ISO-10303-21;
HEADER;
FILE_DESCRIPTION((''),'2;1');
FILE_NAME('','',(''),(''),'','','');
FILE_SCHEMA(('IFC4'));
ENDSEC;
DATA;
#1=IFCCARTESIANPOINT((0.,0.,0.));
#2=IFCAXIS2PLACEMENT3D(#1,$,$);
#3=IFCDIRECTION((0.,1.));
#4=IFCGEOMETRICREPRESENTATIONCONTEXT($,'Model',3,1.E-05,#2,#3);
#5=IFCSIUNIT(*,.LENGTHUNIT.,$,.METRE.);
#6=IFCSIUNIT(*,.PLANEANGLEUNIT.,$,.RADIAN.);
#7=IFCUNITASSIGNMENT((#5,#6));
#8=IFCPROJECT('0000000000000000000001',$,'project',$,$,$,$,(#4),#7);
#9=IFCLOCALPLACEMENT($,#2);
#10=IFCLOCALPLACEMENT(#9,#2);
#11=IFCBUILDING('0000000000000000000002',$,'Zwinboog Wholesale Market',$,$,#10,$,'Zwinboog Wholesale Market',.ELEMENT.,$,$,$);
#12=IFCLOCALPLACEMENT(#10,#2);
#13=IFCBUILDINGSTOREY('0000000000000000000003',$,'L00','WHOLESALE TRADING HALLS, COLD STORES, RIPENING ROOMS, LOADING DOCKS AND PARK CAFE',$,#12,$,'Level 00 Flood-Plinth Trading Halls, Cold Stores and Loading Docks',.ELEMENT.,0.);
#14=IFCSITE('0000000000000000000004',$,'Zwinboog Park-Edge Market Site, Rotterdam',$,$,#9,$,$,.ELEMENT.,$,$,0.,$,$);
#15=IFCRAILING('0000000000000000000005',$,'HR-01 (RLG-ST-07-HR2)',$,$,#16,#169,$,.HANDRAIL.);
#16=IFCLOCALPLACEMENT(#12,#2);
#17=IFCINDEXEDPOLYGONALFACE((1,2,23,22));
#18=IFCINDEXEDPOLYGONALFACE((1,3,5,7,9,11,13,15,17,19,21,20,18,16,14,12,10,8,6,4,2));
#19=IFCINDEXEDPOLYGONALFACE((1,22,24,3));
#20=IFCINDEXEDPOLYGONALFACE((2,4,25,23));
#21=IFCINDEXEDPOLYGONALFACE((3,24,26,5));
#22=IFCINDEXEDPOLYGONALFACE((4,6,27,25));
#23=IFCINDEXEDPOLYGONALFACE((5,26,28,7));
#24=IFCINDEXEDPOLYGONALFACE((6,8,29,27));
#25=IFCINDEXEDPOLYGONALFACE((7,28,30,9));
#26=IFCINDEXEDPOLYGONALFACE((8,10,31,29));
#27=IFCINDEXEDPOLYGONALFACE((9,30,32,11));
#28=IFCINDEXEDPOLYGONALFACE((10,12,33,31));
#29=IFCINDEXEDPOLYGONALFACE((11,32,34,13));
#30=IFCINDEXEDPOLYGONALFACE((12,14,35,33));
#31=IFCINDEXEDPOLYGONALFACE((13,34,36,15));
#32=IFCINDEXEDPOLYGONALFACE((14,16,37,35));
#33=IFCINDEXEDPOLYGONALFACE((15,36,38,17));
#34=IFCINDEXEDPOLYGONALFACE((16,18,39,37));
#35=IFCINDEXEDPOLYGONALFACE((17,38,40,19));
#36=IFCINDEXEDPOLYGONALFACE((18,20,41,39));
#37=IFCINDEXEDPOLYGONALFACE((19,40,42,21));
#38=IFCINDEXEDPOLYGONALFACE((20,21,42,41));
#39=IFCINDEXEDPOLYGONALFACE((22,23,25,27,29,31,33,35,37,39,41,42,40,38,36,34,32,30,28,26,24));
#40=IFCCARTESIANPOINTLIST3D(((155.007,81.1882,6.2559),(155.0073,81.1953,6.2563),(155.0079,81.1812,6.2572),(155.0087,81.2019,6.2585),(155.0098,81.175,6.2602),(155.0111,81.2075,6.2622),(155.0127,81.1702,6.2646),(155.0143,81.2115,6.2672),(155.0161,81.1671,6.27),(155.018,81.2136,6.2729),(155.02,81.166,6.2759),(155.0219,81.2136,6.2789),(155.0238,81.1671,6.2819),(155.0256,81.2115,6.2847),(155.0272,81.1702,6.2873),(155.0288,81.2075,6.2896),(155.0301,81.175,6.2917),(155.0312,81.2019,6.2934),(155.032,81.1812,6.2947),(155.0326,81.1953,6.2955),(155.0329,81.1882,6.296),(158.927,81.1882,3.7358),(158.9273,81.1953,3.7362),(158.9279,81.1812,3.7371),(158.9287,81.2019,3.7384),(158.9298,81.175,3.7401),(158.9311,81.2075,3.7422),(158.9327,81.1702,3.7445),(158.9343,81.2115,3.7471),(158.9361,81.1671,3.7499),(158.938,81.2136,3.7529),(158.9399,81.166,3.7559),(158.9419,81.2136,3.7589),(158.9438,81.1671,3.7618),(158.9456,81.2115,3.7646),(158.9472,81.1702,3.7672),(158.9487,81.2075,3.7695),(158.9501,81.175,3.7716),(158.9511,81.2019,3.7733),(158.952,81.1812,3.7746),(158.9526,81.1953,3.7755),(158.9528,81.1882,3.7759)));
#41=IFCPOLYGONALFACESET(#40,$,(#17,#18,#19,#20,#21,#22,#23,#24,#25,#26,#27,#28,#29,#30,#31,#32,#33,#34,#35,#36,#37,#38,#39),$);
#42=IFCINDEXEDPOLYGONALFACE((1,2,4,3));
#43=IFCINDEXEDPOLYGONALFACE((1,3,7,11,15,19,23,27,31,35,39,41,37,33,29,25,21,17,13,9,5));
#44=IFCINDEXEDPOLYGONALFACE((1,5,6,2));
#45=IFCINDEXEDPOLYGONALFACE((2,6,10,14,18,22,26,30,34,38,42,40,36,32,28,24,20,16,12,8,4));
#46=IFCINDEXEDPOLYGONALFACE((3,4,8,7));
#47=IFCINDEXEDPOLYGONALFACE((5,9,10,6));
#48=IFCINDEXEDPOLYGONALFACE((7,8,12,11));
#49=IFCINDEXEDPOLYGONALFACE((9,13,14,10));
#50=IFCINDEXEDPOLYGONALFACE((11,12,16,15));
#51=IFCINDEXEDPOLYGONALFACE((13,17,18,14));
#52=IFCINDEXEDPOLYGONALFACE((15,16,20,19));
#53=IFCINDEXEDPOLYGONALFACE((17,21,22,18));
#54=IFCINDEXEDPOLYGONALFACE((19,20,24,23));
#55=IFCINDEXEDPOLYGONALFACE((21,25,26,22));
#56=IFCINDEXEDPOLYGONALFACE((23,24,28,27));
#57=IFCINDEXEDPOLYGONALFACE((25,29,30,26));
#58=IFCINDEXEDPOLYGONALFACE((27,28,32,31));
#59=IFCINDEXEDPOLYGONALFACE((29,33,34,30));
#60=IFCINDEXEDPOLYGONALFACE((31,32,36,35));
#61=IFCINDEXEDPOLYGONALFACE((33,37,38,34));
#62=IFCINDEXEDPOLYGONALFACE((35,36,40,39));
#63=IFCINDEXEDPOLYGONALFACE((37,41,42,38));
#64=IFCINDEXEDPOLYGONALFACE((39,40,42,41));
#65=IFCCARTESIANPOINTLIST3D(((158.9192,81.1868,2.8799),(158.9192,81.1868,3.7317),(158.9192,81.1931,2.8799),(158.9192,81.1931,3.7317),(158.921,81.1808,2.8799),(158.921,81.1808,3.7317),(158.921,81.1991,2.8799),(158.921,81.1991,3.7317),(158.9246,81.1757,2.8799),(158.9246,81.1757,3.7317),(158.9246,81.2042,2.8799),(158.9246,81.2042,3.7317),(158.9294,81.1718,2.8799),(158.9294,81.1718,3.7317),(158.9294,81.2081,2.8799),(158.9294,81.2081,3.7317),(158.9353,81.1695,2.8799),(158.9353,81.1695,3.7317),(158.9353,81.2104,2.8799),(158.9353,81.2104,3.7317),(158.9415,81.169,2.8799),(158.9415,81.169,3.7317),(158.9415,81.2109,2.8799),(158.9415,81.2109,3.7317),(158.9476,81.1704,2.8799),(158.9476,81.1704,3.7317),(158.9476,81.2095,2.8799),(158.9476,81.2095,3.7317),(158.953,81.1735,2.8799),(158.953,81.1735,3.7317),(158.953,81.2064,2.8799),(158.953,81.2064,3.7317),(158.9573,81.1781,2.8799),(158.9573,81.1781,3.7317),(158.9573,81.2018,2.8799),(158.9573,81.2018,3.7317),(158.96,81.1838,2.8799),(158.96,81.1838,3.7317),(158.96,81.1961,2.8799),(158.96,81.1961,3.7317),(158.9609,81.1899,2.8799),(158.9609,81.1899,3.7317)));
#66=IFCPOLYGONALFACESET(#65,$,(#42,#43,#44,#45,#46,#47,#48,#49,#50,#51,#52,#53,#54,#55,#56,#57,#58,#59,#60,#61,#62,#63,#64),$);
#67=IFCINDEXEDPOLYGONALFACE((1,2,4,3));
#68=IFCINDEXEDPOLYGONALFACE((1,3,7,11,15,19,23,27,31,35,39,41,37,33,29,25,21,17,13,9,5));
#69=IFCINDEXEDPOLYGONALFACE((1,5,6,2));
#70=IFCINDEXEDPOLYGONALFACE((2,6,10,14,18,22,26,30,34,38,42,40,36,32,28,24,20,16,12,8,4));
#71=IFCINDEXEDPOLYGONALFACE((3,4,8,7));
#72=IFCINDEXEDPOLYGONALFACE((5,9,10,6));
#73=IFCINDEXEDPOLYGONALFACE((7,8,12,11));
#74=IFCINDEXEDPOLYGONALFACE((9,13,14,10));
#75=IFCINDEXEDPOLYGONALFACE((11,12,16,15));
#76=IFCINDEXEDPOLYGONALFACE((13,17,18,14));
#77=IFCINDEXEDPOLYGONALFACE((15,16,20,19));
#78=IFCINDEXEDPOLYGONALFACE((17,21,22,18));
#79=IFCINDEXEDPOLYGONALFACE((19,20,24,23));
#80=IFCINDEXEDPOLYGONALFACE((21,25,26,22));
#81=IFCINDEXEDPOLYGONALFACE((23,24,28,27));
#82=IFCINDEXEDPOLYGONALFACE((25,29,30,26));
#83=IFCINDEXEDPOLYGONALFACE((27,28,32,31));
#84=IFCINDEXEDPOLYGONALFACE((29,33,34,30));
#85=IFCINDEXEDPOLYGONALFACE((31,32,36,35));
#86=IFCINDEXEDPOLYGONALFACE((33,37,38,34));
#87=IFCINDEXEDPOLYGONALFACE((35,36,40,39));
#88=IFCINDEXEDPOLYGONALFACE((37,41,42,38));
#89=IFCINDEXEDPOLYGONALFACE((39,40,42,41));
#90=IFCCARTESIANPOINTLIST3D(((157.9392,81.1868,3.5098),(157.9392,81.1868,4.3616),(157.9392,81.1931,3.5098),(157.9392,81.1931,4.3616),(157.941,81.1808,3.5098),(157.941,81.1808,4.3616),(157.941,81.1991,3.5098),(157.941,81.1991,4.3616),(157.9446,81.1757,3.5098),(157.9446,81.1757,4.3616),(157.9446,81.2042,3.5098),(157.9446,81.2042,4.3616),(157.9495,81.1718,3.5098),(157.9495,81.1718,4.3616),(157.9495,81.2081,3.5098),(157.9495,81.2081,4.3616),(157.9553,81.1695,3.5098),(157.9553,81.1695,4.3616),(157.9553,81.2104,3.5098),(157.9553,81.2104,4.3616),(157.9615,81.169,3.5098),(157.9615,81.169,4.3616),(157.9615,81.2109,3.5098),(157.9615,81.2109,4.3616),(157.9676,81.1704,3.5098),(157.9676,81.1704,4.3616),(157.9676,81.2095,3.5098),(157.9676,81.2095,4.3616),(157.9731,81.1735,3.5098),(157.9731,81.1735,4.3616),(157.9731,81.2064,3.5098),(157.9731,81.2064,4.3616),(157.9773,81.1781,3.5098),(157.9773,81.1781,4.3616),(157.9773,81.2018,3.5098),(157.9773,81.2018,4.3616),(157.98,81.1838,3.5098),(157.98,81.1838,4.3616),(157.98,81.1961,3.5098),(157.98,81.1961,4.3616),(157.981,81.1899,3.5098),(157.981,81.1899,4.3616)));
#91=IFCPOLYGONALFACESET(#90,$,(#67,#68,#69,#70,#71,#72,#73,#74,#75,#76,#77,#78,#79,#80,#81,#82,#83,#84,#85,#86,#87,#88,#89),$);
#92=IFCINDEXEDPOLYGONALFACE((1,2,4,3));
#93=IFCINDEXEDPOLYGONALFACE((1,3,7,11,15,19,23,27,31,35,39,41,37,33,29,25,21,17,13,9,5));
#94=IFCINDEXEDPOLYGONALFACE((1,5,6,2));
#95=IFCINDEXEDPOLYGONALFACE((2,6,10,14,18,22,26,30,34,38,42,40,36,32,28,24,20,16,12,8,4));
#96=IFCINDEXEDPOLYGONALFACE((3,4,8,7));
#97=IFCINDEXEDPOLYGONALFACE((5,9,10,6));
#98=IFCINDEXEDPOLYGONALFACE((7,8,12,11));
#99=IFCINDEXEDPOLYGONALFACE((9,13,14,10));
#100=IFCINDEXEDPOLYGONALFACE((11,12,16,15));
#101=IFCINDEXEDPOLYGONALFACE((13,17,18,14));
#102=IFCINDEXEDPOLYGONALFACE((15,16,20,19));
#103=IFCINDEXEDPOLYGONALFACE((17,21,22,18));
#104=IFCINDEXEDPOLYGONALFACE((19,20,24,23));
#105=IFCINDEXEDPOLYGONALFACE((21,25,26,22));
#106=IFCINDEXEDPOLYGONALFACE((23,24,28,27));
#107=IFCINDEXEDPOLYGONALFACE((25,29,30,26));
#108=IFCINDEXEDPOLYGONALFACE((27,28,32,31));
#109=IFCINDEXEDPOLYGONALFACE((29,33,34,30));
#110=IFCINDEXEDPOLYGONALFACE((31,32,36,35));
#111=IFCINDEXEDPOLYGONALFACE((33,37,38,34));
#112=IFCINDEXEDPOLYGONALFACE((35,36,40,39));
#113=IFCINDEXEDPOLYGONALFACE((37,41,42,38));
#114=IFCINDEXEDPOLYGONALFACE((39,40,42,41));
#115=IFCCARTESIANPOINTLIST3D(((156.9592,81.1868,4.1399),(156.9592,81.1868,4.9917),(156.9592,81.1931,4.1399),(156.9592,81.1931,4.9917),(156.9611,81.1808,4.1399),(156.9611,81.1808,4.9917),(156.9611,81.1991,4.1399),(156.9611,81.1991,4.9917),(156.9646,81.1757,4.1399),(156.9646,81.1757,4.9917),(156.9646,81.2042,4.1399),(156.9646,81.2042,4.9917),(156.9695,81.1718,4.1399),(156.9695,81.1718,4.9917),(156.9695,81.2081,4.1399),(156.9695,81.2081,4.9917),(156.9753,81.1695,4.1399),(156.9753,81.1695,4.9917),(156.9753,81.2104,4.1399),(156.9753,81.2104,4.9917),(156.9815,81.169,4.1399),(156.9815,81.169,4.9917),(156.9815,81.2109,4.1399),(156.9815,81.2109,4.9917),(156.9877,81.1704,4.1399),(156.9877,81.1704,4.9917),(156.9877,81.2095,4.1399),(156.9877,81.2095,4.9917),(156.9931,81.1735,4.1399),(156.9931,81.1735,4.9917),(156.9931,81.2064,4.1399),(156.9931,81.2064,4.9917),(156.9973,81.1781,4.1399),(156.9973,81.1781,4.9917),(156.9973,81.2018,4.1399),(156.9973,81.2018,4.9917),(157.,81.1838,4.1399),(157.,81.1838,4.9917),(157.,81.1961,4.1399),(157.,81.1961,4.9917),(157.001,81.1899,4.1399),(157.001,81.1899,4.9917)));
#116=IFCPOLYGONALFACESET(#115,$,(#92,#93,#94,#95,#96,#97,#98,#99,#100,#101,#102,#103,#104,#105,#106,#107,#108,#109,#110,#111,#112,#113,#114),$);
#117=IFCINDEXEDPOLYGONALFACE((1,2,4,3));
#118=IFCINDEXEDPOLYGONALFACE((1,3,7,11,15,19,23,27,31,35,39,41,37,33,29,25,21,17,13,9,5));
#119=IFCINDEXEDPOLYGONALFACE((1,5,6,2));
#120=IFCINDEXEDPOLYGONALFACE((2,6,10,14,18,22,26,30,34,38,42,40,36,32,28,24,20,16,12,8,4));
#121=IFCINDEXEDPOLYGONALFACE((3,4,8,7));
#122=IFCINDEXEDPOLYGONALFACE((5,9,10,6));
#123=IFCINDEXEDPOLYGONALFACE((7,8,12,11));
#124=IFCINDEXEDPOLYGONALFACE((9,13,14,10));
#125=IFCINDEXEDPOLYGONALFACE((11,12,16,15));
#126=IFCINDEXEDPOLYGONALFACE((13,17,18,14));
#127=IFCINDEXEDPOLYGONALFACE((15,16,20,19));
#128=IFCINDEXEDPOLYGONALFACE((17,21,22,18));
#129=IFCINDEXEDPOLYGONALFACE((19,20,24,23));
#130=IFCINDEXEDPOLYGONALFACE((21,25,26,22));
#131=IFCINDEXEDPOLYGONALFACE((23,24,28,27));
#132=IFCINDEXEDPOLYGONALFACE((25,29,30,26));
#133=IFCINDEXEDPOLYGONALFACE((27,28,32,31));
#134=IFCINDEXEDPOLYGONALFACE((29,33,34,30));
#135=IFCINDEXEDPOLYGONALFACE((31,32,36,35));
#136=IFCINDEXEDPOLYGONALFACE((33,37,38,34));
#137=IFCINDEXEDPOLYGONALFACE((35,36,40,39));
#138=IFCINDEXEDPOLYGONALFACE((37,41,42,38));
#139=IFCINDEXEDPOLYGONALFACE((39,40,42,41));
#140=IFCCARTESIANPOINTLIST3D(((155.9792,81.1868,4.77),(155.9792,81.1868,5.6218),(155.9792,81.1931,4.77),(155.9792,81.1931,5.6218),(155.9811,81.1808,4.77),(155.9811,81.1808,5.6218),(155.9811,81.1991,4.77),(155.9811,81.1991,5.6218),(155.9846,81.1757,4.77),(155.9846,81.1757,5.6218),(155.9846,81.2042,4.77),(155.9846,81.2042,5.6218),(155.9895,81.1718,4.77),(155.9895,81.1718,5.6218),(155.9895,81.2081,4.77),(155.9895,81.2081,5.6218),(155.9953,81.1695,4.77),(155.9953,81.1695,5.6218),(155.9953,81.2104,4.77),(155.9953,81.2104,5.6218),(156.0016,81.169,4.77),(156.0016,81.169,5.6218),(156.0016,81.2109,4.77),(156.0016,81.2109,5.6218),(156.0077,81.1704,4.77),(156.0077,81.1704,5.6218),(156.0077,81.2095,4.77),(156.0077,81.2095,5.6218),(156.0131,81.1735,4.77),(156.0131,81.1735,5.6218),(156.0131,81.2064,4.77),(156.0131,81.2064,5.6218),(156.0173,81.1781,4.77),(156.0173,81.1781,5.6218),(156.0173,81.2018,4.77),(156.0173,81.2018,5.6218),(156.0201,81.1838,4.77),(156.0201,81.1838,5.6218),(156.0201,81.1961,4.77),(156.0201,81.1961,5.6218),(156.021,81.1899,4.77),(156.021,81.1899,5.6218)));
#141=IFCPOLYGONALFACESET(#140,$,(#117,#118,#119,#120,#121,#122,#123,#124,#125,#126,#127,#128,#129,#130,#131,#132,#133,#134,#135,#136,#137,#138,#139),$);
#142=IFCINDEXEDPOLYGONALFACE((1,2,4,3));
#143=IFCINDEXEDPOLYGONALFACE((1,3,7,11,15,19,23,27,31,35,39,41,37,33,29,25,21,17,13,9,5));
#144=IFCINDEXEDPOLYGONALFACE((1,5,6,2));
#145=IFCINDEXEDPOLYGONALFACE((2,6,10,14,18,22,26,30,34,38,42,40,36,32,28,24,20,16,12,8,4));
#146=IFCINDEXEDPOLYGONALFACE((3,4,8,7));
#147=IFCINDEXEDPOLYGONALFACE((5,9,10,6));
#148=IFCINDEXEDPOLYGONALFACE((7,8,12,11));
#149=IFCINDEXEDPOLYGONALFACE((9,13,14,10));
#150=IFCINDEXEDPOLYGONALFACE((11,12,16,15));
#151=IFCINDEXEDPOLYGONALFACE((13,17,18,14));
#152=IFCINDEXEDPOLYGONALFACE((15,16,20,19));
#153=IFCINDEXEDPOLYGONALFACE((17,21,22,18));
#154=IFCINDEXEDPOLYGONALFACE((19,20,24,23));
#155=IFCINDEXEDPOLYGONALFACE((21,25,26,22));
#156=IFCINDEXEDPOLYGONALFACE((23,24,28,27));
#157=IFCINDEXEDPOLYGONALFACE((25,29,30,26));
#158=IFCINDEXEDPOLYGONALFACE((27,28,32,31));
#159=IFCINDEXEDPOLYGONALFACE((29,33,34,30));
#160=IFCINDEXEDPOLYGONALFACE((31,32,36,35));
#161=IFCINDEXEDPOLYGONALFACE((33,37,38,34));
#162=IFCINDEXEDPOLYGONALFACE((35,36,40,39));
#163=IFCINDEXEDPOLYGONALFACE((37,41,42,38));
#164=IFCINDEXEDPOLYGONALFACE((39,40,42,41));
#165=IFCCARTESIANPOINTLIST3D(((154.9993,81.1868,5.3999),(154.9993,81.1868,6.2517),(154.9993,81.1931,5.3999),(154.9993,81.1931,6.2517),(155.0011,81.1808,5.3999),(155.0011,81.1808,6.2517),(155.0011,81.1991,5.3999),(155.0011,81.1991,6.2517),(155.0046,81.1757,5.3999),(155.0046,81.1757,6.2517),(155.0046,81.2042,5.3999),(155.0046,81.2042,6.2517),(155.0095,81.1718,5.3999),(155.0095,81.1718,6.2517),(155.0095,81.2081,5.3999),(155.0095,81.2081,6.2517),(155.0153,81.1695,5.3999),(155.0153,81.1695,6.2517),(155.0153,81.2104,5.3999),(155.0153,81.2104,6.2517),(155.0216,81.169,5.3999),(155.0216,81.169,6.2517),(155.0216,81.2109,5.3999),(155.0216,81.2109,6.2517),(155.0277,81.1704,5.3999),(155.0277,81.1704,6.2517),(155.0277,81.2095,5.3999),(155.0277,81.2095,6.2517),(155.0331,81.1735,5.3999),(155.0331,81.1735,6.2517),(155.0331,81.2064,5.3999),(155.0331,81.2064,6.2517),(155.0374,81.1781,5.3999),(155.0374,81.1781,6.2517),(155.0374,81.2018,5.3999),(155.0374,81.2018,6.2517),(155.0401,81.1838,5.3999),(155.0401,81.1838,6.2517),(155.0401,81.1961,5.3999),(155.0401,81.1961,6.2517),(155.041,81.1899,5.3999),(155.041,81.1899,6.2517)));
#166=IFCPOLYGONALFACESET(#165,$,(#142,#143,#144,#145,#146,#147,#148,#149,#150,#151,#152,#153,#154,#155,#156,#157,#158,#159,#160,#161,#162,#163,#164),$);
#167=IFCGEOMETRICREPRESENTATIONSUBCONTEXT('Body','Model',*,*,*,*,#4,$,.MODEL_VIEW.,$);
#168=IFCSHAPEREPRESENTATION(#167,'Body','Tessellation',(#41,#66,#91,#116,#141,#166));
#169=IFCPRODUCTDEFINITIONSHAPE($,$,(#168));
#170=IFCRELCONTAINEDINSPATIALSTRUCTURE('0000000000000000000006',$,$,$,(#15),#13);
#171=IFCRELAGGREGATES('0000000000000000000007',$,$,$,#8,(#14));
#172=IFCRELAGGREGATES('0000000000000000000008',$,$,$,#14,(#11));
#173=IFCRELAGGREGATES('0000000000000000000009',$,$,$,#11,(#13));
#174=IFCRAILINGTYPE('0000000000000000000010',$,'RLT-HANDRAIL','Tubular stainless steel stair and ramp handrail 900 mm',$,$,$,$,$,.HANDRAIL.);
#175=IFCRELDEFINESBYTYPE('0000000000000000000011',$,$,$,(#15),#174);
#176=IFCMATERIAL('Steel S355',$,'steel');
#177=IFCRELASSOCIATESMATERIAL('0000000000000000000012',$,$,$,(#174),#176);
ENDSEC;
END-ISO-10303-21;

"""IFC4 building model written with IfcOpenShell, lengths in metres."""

from ifc_helpers import new_model, si_unit, direction, frame, origin, origin_2d, place, context, subcontext, project, spatial, circle, extrude, material, type_object, element, save


model = new_model("IFC4")

# Units and contexts
model_context = context("Model", 3, precision=1e-05, world=origin(), true_north=direction((0.0, 1.0)))
body_context = subcontext(model_context, "Body", "Model", "MODEL_VIEW")
ifc_project = project(units=[si_unit("LENGTHUNIT", "METRE"), si_unit("PLANEANGLEUNIT", "RADIAN")], contexts=[model_context])

# Site, building, storey
site_placement = place(None, origin())
site = spatial("IfcSite", under=ifc_project, at=site_placement, Name="Zwinboog Park-Edge Market Site, Rotterdam", CompositionType="ELEMENT", RefElevation=0.0)
building_placement = place(site_placement, origin())
building = spatial("IfcBuilding", under=site, at=building_placement, Name="Zwinboog Wholesale Market", LongName="Zwinboog Wholesale Market", CompositionType="ELEMENT")
storey_placement = place(building_placement, origin())
storey = spatial("IfcBuildingStorey", under=building, at=storey_placement, Name="L00", Description="WHOLESALE TRADING HALLS, COLD STORES, RIPENING ROOMS, LOADING DOCKS AND PARK CAFE", LongName="Level 00 Flood-Plinth Trading Halls, Cold Stores and Loading Docks", CompositionType="ELEMENT", Elevation=0.0)

# Railing
ifc_material_1 = material(Name="Steel S355", Category="steel")
railing_type_1 = type_object("IfcRailingType", Name="RLT-HANDRAIL", Description="Tubular stainless steel stair and ramp handrail 900 mm", PredefinedType="HANDRAIL", material=ifc_material_1)
railing_1_placement = place(storey_placement, frame((158.9399, 81.1899, 2.8799)))
element("IfcRailing", 1, at=railing_1_placement, inside=storey, type_object=railing_type_1, Name="HR-01 (RLG-ST-07-HR2)", PredefinedType="HANDRAIL", context=body_context, shape_type="SweptSolid", body=[
    extrude(circle(Radius=0.0239, at=origin_2d()), frame((0.0, 0.0, 0.876), z_axis=(-0.841172, 0.0, 0.540768), x_axis=(0.0, -1.0, 0.0)), (0.0, 0.0, 1.0), 4.6602),
    extrude(circle(Radius=0.021, at=origin_2d()), origin(), (0.0, 0.0, 1.0), 0.8518),
    extrude(circle(Radius=0.021, at=origin_2d()), frame((-0.98, 0.0, 0.6299)), (0.0, 0.0, 1.0), 0.8518),
    extrude(circle(Radius=0.021, at=origin_2d()), frame((-1.96, 0.0, 1.26)), (0.0, 0.0, 1.0), 0.8518),
    extrude(circle(Radius=0.021, at=origin_2d()), frame((-2.9399, 0.0, 1.8901)), (0.0, 0.0, 1.0), 0.8518),
    extrude(circle(Radius=0.021, at=origin_2d()), frame((-3.9199, 0.0, 2.52)), (0.0, 0.0, 1.0), 0.8518),
])

save(model, "model.ifc")
